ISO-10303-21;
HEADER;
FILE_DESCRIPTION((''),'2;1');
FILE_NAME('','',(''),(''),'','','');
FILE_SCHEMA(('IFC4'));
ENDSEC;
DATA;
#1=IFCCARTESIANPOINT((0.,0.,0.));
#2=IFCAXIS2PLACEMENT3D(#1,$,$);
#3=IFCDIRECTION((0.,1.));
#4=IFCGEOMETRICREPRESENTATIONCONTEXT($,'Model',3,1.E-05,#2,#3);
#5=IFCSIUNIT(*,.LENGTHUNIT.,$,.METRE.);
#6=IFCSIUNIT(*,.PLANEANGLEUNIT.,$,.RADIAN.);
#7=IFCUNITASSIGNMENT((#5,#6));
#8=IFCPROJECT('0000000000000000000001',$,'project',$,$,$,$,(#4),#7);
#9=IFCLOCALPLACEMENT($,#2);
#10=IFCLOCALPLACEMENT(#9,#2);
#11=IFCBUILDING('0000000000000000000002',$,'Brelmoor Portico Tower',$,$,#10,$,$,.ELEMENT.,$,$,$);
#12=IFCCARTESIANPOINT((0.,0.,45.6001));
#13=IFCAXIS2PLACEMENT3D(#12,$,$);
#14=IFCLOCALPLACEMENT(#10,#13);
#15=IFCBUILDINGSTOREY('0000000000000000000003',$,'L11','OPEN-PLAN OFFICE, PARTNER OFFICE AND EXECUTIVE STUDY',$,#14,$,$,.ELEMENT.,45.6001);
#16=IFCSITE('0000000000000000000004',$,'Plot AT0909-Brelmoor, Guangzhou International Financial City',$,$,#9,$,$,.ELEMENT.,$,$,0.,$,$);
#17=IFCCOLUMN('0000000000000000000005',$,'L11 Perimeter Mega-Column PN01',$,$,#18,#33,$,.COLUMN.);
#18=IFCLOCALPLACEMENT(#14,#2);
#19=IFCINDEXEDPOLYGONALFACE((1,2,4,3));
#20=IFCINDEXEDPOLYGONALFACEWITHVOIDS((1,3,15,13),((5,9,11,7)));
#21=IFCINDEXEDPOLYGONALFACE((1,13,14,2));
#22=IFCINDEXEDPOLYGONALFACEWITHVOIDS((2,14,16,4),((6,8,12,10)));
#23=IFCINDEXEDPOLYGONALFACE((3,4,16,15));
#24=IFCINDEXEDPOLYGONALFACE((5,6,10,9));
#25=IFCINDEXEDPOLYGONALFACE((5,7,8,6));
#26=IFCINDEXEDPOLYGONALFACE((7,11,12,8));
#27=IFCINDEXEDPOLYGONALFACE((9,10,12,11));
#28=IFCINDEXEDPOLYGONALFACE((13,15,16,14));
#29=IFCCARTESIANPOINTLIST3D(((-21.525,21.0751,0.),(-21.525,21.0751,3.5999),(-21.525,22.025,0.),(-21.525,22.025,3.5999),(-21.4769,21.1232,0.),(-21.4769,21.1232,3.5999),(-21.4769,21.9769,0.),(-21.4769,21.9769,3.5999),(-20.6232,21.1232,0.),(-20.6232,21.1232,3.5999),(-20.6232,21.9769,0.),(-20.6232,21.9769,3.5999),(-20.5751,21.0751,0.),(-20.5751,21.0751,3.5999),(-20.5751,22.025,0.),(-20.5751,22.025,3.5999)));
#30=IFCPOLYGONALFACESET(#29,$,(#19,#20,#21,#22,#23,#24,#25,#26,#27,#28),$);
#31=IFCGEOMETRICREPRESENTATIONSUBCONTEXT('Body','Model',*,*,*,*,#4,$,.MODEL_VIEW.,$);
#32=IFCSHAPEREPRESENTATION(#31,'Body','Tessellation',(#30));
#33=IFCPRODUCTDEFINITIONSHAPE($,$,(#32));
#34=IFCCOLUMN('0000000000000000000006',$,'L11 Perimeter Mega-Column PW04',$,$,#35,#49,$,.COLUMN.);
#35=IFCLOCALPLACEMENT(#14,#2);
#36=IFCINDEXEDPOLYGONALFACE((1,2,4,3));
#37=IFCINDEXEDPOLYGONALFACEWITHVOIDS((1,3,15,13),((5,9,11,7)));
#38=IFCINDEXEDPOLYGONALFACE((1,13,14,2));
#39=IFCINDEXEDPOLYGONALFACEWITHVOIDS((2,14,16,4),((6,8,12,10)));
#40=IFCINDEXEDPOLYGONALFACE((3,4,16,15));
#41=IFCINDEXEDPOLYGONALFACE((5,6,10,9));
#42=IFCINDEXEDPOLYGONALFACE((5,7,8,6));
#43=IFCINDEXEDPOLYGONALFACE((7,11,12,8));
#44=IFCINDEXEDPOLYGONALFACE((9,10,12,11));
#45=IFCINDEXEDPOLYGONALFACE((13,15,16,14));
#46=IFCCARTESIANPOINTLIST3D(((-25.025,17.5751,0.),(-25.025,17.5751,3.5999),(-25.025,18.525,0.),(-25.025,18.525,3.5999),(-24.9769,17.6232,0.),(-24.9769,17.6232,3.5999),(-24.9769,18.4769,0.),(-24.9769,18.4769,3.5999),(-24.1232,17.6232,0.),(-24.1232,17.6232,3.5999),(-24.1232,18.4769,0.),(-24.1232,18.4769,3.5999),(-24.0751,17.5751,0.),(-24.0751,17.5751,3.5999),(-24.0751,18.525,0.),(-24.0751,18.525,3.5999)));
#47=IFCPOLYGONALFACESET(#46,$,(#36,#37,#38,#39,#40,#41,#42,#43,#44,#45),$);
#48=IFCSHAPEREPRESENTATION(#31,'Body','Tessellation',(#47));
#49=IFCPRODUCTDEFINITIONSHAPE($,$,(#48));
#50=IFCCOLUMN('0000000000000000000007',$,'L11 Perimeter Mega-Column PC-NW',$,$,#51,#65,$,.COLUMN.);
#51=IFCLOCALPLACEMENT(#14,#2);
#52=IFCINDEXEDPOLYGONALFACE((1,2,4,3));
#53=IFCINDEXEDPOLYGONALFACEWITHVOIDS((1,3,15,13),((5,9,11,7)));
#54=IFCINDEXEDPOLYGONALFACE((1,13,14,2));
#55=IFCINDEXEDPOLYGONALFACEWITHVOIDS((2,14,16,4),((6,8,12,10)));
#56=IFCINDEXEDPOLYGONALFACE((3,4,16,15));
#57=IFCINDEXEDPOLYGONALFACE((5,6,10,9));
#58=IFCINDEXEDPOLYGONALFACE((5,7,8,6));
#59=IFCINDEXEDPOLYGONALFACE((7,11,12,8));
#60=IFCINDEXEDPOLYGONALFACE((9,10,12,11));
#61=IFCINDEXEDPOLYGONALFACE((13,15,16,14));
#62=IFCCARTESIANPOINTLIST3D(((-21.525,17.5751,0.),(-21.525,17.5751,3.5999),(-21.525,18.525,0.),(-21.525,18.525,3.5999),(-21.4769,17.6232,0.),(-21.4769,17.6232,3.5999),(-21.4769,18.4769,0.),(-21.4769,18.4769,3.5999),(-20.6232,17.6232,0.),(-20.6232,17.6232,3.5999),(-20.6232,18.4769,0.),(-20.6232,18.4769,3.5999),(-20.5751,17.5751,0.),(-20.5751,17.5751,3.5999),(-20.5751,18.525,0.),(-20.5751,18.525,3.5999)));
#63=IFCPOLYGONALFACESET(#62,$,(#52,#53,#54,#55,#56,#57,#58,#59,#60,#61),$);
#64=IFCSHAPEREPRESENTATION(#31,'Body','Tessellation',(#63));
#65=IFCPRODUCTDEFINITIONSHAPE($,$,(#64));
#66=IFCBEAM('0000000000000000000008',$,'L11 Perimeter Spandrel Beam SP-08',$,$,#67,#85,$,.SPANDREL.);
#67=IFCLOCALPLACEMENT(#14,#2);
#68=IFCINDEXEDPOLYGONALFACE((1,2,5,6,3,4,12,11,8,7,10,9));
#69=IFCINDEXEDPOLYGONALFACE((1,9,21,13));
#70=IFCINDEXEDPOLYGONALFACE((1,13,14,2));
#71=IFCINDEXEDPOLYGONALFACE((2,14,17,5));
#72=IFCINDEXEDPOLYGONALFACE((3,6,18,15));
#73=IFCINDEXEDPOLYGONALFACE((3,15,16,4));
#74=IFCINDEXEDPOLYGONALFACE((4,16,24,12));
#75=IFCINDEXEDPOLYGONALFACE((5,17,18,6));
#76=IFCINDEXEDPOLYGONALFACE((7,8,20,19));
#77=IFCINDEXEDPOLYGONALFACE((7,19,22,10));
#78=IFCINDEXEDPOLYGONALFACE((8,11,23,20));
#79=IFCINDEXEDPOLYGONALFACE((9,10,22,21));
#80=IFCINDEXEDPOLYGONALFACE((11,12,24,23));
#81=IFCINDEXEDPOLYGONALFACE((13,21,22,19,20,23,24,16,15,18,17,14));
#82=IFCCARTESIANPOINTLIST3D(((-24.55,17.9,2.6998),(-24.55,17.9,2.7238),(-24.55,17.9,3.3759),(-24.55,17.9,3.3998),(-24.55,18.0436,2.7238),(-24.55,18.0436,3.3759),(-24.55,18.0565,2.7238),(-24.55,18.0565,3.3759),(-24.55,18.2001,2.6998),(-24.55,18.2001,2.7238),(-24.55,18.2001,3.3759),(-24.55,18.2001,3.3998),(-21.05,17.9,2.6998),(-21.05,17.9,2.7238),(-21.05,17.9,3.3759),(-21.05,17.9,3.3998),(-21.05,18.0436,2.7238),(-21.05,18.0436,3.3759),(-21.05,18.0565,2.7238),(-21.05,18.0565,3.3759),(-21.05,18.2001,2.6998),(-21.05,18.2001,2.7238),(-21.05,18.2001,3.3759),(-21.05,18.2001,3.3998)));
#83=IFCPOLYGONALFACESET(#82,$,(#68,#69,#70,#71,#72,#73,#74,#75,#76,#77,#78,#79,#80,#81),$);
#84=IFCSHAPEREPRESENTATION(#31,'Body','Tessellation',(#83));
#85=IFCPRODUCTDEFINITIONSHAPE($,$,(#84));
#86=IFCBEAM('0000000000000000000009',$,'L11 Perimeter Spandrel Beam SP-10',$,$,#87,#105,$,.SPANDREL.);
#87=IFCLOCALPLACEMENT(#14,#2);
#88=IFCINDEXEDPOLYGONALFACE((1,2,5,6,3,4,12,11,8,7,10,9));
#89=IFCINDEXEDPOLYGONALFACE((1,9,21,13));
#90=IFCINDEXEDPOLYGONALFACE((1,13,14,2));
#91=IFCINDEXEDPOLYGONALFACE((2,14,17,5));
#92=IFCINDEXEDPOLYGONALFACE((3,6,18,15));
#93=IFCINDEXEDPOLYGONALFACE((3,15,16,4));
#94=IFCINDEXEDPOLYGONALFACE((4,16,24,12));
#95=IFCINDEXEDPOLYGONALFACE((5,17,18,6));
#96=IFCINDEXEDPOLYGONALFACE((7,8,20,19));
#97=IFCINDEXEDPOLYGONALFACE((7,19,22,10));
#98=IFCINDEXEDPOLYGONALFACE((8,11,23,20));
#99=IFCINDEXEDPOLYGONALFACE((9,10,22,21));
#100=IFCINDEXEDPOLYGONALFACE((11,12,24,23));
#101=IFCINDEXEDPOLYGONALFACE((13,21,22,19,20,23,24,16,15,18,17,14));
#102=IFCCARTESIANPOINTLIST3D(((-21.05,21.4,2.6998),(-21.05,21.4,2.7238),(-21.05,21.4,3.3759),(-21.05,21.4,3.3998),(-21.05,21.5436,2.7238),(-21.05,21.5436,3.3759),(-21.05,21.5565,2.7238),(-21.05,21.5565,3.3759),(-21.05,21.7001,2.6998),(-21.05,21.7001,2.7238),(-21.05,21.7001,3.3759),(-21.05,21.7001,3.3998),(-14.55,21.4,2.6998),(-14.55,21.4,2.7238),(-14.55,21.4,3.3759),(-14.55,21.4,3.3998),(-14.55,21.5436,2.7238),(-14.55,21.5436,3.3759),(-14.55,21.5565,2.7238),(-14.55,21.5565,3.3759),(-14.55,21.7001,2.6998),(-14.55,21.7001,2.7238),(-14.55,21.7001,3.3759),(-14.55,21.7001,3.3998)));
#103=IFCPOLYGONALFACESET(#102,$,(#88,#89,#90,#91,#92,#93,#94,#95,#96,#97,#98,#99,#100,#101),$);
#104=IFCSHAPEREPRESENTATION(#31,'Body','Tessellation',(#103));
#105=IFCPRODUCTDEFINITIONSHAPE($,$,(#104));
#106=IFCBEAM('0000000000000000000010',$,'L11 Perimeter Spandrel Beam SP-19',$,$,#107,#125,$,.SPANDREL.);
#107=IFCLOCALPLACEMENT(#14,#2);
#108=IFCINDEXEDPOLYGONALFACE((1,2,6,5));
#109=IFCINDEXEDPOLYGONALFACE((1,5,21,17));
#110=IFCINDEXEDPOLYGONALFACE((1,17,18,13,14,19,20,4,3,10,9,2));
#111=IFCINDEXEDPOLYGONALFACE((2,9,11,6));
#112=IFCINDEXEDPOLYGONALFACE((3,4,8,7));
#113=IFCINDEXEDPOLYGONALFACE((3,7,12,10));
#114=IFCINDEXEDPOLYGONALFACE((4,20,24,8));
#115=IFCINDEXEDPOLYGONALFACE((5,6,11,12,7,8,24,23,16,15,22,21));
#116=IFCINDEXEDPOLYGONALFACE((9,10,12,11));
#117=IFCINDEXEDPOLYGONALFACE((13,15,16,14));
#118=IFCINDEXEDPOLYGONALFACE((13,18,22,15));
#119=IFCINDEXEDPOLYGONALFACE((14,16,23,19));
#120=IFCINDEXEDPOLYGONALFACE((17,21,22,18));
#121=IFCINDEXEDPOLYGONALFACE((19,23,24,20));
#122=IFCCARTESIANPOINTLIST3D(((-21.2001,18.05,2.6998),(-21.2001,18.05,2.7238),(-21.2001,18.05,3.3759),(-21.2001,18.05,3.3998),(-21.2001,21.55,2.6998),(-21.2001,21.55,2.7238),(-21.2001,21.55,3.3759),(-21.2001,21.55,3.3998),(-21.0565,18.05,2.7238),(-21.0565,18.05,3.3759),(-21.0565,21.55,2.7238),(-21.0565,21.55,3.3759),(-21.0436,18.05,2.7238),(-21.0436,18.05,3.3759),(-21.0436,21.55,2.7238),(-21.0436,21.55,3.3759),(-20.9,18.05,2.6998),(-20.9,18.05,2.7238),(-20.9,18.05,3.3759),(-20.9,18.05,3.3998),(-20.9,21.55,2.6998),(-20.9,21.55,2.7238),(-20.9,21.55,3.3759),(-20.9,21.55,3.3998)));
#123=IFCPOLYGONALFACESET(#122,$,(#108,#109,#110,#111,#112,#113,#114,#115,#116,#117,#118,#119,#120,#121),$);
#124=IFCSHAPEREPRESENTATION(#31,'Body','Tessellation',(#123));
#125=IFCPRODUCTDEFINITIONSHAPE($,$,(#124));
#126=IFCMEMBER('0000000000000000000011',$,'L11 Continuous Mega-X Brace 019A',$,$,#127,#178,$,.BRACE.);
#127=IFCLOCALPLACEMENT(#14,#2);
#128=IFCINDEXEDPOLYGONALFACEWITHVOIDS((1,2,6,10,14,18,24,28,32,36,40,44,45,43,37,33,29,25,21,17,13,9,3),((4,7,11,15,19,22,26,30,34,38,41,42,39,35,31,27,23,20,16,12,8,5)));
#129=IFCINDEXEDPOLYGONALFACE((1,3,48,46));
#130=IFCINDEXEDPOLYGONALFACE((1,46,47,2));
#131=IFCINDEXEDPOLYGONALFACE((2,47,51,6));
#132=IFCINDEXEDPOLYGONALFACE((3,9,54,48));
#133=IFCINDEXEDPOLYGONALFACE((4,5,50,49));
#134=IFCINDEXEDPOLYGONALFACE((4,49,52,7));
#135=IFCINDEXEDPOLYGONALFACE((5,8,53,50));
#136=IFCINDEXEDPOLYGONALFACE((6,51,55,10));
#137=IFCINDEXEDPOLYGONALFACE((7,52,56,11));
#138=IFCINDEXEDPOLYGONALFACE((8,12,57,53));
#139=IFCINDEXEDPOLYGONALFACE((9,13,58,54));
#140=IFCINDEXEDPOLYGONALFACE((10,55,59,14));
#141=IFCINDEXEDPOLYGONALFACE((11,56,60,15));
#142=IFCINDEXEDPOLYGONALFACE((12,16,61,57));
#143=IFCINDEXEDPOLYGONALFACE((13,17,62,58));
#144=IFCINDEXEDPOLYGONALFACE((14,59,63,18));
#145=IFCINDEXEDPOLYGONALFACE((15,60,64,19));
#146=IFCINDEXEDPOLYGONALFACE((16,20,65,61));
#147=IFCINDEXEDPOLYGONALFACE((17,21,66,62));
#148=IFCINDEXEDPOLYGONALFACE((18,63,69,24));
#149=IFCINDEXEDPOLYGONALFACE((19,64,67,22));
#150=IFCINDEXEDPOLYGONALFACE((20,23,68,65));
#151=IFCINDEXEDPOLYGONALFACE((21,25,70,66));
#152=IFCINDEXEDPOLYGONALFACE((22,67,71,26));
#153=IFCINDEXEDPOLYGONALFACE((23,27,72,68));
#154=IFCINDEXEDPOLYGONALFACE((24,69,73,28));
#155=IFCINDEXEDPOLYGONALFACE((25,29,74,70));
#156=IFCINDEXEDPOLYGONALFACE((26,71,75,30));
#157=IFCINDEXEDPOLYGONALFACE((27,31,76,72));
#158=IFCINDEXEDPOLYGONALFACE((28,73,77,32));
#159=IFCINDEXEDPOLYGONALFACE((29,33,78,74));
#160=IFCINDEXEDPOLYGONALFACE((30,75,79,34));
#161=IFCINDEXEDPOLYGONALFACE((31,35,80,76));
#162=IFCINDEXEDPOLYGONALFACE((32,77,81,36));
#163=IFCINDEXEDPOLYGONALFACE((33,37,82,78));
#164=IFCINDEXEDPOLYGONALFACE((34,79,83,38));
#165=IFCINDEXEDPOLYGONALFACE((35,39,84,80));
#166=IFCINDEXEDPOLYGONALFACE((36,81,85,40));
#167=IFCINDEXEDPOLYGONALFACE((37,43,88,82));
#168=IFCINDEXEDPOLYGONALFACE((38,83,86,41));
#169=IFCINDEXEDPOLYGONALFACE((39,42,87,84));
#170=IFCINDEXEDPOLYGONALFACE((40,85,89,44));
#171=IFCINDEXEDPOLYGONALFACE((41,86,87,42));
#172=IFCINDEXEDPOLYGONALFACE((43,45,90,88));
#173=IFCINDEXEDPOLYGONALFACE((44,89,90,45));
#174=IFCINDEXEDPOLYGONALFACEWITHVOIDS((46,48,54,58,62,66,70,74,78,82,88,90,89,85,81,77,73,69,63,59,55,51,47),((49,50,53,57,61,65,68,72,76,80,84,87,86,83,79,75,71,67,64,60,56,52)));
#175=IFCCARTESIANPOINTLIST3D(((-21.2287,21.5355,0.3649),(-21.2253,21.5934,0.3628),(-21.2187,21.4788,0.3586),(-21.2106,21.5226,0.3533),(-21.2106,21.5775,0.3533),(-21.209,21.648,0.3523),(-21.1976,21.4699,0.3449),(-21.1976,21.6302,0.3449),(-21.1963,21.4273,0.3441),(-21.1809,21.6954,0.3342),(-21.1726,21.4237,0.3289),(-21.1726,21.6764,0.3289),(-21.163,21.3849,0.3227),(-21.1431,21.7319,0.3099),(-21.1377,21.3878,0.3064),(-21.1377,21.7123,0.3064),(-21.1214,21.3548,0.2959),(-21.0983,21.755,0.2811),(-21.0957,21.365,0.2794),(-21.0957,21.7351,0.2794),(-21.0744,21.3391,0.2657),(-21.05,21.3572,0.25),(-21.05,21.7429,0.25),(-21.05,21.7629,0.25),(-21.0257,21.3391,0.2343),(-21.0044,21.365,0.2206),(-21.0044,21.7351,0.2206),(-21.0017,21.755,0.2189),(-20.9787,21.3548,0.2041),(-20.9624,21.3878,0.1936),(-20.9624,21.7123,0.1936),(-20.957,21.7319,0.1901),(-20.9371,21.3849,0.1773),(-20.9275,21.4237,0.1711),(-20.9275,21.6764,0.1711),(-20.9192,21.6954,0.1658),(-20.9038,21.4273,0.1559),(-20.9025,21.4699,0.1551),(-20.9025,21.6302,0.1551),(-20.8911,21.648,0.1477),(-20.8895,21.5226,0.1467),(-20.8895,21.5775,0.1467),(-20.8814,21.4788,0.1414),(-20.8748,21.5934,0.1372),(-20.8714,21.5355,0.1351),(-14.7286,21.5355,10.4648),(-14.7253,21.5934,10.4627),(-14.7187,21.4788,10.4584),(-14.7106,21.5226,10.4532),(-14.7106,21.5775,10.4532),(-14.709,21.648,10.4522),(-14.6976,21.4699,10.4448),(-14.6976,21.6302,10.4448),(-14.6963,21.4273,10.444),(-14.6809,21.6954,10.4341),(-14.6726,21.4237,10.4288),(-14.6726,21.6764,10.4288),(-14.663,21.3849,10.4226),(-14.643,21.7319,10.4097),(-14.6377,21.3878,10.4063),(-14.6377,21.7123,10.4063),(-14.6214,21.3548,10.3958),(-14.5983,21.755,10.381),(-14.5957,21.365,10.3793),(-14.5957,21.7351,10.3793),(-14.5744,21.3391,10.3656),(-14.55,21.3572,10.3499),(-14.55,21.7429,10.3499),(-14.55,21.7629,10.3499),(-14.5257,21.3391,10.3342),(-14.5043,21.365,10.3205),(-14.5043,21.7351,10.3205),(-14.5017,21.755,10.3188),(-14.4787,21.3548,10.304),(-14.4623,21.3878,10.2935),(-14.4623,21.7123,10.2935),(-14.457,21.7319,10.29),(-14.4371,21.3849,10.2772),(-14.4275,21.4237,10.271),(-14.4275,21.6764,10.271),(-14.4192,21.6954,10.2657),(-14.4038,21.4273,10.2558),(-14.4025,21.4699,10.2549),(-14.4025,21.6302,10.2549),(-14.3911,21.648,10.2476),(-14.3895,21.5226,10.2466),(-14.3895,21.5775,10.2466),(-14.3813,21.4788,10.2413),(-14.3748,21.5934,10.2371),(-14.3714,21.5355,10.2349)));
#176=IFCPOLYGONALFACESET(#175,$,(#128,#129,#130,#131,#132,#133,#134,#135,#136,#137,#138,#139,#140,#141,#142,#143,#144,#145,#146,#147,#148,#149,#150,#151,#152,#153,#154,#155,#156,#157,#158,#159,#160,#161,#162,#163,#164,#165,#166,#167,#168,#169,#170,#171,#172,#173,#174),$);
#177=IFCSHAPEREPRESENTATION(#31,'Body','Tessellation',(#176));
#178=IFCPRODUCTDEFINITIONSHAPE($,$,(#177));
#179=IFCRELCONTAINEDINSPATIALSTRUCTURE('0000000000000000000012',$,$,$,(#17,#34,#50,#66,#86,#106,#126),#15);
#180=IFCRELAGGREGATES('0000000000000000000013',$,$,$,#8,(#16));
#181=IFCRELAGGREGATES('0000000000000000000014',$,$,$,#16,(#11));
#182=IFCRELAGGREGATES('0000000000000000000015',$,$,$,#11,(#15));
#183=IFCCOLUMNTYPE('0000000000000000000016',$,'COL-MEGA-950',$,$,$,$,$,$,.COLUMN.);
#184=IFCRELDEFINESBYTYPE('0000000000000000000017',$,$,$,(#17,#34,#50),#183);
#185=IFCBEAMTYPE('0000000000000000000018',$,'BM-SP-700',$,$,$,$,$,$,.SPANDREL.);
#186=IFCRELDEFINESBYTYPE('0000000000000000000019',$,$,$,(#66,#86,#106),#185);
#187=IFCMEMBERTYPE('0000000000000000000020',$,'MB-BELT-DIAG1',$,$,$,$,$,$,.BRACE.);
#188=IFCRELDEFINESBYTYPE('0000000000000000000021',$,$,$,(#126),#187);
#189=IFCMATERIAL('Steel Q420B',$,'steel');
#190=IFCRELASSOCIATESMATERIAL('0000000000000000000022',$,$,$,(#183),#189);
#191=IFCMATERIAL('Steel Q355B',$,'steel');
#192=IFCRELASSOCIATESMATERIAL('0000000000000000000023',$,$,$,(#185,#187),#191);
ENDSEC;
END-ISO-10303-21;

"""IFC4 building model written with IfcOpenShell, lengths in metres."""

from ifc_helpers import new_model, si_unit, direction, frame, origin, origin_2d, place, context, subcontext, project, spatial, hollow_rectangle, hollow_circle, i_section, extrude, material, material_profile, profile_set, type_object, element, save


model = new_model("IFC4")

# Units and contexts
model_context = context("Model", 3, precision=1e-05, world=origin(), true_north=direction((0.0, 1.0)))
body_context = subcontext(model_context, "Body", "Model", "MODEL_VIEW")
ifc_project = project(units=[si_unit("LENGTHUNIT", "METRE"), si_unit("PLANEANGLEUNIT", "RADIAN")], contexts=[model_context])

# Site, building, storey
site_placement = place(None, origin())
site = spatial("IfcSite", under=ifc_project, at=site_placement, Name="Plot AT0909-Brelmoor, Guangzhou International Financial City", CompositionType="ELEMENT", RefElevation=0.0)
building_placement = place(site_placement, origin())
building = spatial("IfcBuilding", under=site, at=building_placement, Name="Brelmoor Portico Tower", CompositionType="ELEMENT")
storey_placement = place(building_placement, frame((0.0, 0.0, 45.6001)))
storey = spatial("IfcBuildingStorey", under=building, at=storey_placement, Name="L11", Description="OPEN-PLAN OFFICE, PARTNER OFFICE AND EXECUTIVE STUDY", CompositionType="ELEMENT", Elevation=45.6001)

# Columns
ifc_material_1 = material(Name="Steel Q420B", Category="steel")
ifc_material_profile_1 = material_profile(ifc_material_1, hollow_rectangle(XDim=0.95, YDim=0.95, WallThickness=0.0481, at=origin_2d()), Name="BOX 950x950x48")
ifc_profile_set_1 = profile_set([ifc_material_profile_1], Name="Steel Q420B")
column_type = type_object("IfcColumnType", Name="COL-MEGA-950", PredefinedType="COLUMN", material=ifc_profile_set_1)
for number, where, z_axis, x_axis, name in (
    (1, (-21.05, 21.55, 0.0), (0.0, 0.0, 1.0), (1.0, 0.0, 0.0), "L11 Perimeter Mega-Column PN01"),
    (2, (-24.55, 18.05, 0.0), (0.0, 0.0, 1.0), (0.0, 1.0, 0.0), "L11 Perimeter Mega-Column PW04"),
    (3, (-21.05, 18.05, 0.0), (0.0, 0.0, 1.0), (1.0, 0.0, 0.0), "L11 Perimeter Mega-Column PC-NW"),
):
    element("IfcColumn", number, at=place(storey_placement, frame(where, z_axis=z_axis, x_axis=x_axis)), inside=storey, type_object=column_type, Name=name, PredefinedType="COLUMN", context=body_context, shape_type="SweptSolid", body=[
        extrude(hollow_rectangle(XDim=0.95, YDim=0.95, WallThickness=0.0481, at=origin_2d()), origin(), (0.0, 0.0, 1.0), 3.5999),
    ])

# Beams
ifc_material_2 = material(Name="Steel Q355B", Category="steel")
ifc_material_profile_2 = material_profile(ifc_material_2, i_section(OverallWidth=0.3, OverallDepth=0.7, WebThickness=0.0129, FlangeThickness=0.0239, at=origin_2d()), Name="HN 700x300x13x24")
ifc_profile_set_2 = profile_set([ifc_material_profile_2], Name="Steel Q355B")
beam_type = type_object("IfcBeamType", Name="BM-SP-700", PredefinedType="SPANDREL", material=ifc_profile_set_2)
beam_1_placement = place(storey_placement, frame((-24.55, 18.05, 3.0498), z_axis=(1.0, 0.0, 0.0), x_axis=(0.0, 1.0, 0.0)))
element("IfcBeam", 4, at=beam_1_placement, inside=storey, type_object=beam_type, Name="L11 Perimeter Spandrel Beam SP-08", PredefinedType="SPANDREL", context=body_context, shape_type="SweptSolid", body=[
    extrude(i_section(OverallWidth=0.3, OverallDepth=0.7, WebThickness=0.0129, FlangeThickness=0.0239, at=origin_2d()), origin(), (0.0, 0.0, 1.0), 3.5),
])
beam_2_placement = place(storey_placement, frame((-21.05, 21.55, 3.0498), z_axis=(1.0, 0.0, 0.0), x_axis=(0.0, 1.0, 0.0)))
element("IfcBeam", 5, at=beam_2_placement, inside=storey, type_object=beam_type, Name="L11 Perimeter Spandrel Beam SP-10", PredefinedType="SPANDREL", context=body_context, shape_type="SweptSolid", body=[
    extrude(i_section(OverallWidth=0.3, OverallDepth=0.7, WebThickness=0.0129, FlangeThickness=0.0239, at=origin_2d()), origin(), (0.0, 0.0, 1.0), 6.5),
])
beam_3_placement = place(storey_placement, frame((-21.05, 18.05, 3.0498), z_axis=(0.0, 1.0, 0.0), x_axis=(-1.0, 0.0, 0.0)))
element("IfcBeam", 6, at=beam_3_placement, inside=storey, type_object=beam_type, Name="L11 Perimeter Spandrel Beam SP-19", PredefinedType="SPANDREL", context=body_context, shape_type="SweptSolid", body=[
    extrude(i_section(OverallWidth=0.3, OverallDepth=0.7, WebThickness=0.0129, FlangeThickness=0.0239, at=origin_2d()), origin(), (0.0, 0.0, 1.0), 3.5),
])

# Member
ifc_material_profile_3 = material_profile(ifc_material_2, hollow_circle(Radius=0.2129, WallThickness=0.02, at=origin_2d()), Name="CHS 426x20")
ifc_profile_set_3 = profile_set([ifc_material_profile_3], Name="Steel Q355B")
member_type_1 = type_object("IfcMemberType", Name="MB-BELT-DIAG1", PredefinedType="BRACE", material=ifc_profile_set_3)
member_1_placement = place(storey_placement, frame((-21.05, 21.55, 0.25), z_axis=(0.541184, 0.0, 0.840904), x_axis=(0.0, 1.0, 0.0)))
element("IfcMember", 7, at=member_1_placement, inside=storey, type_object=member_type_1, Name="L11 Continuous Mega-X Brace 019A", PredefinedType="BRACE", context=body_context, shape_type="SweptSolid", body=[
    extrude(hollow_circle(Radius=0.2129, WallThickness=0.02, at=origin_2d()), origin(), (0.0, 0.0, 1.0), 12.0107),
])

save(model, "model.ifc")
